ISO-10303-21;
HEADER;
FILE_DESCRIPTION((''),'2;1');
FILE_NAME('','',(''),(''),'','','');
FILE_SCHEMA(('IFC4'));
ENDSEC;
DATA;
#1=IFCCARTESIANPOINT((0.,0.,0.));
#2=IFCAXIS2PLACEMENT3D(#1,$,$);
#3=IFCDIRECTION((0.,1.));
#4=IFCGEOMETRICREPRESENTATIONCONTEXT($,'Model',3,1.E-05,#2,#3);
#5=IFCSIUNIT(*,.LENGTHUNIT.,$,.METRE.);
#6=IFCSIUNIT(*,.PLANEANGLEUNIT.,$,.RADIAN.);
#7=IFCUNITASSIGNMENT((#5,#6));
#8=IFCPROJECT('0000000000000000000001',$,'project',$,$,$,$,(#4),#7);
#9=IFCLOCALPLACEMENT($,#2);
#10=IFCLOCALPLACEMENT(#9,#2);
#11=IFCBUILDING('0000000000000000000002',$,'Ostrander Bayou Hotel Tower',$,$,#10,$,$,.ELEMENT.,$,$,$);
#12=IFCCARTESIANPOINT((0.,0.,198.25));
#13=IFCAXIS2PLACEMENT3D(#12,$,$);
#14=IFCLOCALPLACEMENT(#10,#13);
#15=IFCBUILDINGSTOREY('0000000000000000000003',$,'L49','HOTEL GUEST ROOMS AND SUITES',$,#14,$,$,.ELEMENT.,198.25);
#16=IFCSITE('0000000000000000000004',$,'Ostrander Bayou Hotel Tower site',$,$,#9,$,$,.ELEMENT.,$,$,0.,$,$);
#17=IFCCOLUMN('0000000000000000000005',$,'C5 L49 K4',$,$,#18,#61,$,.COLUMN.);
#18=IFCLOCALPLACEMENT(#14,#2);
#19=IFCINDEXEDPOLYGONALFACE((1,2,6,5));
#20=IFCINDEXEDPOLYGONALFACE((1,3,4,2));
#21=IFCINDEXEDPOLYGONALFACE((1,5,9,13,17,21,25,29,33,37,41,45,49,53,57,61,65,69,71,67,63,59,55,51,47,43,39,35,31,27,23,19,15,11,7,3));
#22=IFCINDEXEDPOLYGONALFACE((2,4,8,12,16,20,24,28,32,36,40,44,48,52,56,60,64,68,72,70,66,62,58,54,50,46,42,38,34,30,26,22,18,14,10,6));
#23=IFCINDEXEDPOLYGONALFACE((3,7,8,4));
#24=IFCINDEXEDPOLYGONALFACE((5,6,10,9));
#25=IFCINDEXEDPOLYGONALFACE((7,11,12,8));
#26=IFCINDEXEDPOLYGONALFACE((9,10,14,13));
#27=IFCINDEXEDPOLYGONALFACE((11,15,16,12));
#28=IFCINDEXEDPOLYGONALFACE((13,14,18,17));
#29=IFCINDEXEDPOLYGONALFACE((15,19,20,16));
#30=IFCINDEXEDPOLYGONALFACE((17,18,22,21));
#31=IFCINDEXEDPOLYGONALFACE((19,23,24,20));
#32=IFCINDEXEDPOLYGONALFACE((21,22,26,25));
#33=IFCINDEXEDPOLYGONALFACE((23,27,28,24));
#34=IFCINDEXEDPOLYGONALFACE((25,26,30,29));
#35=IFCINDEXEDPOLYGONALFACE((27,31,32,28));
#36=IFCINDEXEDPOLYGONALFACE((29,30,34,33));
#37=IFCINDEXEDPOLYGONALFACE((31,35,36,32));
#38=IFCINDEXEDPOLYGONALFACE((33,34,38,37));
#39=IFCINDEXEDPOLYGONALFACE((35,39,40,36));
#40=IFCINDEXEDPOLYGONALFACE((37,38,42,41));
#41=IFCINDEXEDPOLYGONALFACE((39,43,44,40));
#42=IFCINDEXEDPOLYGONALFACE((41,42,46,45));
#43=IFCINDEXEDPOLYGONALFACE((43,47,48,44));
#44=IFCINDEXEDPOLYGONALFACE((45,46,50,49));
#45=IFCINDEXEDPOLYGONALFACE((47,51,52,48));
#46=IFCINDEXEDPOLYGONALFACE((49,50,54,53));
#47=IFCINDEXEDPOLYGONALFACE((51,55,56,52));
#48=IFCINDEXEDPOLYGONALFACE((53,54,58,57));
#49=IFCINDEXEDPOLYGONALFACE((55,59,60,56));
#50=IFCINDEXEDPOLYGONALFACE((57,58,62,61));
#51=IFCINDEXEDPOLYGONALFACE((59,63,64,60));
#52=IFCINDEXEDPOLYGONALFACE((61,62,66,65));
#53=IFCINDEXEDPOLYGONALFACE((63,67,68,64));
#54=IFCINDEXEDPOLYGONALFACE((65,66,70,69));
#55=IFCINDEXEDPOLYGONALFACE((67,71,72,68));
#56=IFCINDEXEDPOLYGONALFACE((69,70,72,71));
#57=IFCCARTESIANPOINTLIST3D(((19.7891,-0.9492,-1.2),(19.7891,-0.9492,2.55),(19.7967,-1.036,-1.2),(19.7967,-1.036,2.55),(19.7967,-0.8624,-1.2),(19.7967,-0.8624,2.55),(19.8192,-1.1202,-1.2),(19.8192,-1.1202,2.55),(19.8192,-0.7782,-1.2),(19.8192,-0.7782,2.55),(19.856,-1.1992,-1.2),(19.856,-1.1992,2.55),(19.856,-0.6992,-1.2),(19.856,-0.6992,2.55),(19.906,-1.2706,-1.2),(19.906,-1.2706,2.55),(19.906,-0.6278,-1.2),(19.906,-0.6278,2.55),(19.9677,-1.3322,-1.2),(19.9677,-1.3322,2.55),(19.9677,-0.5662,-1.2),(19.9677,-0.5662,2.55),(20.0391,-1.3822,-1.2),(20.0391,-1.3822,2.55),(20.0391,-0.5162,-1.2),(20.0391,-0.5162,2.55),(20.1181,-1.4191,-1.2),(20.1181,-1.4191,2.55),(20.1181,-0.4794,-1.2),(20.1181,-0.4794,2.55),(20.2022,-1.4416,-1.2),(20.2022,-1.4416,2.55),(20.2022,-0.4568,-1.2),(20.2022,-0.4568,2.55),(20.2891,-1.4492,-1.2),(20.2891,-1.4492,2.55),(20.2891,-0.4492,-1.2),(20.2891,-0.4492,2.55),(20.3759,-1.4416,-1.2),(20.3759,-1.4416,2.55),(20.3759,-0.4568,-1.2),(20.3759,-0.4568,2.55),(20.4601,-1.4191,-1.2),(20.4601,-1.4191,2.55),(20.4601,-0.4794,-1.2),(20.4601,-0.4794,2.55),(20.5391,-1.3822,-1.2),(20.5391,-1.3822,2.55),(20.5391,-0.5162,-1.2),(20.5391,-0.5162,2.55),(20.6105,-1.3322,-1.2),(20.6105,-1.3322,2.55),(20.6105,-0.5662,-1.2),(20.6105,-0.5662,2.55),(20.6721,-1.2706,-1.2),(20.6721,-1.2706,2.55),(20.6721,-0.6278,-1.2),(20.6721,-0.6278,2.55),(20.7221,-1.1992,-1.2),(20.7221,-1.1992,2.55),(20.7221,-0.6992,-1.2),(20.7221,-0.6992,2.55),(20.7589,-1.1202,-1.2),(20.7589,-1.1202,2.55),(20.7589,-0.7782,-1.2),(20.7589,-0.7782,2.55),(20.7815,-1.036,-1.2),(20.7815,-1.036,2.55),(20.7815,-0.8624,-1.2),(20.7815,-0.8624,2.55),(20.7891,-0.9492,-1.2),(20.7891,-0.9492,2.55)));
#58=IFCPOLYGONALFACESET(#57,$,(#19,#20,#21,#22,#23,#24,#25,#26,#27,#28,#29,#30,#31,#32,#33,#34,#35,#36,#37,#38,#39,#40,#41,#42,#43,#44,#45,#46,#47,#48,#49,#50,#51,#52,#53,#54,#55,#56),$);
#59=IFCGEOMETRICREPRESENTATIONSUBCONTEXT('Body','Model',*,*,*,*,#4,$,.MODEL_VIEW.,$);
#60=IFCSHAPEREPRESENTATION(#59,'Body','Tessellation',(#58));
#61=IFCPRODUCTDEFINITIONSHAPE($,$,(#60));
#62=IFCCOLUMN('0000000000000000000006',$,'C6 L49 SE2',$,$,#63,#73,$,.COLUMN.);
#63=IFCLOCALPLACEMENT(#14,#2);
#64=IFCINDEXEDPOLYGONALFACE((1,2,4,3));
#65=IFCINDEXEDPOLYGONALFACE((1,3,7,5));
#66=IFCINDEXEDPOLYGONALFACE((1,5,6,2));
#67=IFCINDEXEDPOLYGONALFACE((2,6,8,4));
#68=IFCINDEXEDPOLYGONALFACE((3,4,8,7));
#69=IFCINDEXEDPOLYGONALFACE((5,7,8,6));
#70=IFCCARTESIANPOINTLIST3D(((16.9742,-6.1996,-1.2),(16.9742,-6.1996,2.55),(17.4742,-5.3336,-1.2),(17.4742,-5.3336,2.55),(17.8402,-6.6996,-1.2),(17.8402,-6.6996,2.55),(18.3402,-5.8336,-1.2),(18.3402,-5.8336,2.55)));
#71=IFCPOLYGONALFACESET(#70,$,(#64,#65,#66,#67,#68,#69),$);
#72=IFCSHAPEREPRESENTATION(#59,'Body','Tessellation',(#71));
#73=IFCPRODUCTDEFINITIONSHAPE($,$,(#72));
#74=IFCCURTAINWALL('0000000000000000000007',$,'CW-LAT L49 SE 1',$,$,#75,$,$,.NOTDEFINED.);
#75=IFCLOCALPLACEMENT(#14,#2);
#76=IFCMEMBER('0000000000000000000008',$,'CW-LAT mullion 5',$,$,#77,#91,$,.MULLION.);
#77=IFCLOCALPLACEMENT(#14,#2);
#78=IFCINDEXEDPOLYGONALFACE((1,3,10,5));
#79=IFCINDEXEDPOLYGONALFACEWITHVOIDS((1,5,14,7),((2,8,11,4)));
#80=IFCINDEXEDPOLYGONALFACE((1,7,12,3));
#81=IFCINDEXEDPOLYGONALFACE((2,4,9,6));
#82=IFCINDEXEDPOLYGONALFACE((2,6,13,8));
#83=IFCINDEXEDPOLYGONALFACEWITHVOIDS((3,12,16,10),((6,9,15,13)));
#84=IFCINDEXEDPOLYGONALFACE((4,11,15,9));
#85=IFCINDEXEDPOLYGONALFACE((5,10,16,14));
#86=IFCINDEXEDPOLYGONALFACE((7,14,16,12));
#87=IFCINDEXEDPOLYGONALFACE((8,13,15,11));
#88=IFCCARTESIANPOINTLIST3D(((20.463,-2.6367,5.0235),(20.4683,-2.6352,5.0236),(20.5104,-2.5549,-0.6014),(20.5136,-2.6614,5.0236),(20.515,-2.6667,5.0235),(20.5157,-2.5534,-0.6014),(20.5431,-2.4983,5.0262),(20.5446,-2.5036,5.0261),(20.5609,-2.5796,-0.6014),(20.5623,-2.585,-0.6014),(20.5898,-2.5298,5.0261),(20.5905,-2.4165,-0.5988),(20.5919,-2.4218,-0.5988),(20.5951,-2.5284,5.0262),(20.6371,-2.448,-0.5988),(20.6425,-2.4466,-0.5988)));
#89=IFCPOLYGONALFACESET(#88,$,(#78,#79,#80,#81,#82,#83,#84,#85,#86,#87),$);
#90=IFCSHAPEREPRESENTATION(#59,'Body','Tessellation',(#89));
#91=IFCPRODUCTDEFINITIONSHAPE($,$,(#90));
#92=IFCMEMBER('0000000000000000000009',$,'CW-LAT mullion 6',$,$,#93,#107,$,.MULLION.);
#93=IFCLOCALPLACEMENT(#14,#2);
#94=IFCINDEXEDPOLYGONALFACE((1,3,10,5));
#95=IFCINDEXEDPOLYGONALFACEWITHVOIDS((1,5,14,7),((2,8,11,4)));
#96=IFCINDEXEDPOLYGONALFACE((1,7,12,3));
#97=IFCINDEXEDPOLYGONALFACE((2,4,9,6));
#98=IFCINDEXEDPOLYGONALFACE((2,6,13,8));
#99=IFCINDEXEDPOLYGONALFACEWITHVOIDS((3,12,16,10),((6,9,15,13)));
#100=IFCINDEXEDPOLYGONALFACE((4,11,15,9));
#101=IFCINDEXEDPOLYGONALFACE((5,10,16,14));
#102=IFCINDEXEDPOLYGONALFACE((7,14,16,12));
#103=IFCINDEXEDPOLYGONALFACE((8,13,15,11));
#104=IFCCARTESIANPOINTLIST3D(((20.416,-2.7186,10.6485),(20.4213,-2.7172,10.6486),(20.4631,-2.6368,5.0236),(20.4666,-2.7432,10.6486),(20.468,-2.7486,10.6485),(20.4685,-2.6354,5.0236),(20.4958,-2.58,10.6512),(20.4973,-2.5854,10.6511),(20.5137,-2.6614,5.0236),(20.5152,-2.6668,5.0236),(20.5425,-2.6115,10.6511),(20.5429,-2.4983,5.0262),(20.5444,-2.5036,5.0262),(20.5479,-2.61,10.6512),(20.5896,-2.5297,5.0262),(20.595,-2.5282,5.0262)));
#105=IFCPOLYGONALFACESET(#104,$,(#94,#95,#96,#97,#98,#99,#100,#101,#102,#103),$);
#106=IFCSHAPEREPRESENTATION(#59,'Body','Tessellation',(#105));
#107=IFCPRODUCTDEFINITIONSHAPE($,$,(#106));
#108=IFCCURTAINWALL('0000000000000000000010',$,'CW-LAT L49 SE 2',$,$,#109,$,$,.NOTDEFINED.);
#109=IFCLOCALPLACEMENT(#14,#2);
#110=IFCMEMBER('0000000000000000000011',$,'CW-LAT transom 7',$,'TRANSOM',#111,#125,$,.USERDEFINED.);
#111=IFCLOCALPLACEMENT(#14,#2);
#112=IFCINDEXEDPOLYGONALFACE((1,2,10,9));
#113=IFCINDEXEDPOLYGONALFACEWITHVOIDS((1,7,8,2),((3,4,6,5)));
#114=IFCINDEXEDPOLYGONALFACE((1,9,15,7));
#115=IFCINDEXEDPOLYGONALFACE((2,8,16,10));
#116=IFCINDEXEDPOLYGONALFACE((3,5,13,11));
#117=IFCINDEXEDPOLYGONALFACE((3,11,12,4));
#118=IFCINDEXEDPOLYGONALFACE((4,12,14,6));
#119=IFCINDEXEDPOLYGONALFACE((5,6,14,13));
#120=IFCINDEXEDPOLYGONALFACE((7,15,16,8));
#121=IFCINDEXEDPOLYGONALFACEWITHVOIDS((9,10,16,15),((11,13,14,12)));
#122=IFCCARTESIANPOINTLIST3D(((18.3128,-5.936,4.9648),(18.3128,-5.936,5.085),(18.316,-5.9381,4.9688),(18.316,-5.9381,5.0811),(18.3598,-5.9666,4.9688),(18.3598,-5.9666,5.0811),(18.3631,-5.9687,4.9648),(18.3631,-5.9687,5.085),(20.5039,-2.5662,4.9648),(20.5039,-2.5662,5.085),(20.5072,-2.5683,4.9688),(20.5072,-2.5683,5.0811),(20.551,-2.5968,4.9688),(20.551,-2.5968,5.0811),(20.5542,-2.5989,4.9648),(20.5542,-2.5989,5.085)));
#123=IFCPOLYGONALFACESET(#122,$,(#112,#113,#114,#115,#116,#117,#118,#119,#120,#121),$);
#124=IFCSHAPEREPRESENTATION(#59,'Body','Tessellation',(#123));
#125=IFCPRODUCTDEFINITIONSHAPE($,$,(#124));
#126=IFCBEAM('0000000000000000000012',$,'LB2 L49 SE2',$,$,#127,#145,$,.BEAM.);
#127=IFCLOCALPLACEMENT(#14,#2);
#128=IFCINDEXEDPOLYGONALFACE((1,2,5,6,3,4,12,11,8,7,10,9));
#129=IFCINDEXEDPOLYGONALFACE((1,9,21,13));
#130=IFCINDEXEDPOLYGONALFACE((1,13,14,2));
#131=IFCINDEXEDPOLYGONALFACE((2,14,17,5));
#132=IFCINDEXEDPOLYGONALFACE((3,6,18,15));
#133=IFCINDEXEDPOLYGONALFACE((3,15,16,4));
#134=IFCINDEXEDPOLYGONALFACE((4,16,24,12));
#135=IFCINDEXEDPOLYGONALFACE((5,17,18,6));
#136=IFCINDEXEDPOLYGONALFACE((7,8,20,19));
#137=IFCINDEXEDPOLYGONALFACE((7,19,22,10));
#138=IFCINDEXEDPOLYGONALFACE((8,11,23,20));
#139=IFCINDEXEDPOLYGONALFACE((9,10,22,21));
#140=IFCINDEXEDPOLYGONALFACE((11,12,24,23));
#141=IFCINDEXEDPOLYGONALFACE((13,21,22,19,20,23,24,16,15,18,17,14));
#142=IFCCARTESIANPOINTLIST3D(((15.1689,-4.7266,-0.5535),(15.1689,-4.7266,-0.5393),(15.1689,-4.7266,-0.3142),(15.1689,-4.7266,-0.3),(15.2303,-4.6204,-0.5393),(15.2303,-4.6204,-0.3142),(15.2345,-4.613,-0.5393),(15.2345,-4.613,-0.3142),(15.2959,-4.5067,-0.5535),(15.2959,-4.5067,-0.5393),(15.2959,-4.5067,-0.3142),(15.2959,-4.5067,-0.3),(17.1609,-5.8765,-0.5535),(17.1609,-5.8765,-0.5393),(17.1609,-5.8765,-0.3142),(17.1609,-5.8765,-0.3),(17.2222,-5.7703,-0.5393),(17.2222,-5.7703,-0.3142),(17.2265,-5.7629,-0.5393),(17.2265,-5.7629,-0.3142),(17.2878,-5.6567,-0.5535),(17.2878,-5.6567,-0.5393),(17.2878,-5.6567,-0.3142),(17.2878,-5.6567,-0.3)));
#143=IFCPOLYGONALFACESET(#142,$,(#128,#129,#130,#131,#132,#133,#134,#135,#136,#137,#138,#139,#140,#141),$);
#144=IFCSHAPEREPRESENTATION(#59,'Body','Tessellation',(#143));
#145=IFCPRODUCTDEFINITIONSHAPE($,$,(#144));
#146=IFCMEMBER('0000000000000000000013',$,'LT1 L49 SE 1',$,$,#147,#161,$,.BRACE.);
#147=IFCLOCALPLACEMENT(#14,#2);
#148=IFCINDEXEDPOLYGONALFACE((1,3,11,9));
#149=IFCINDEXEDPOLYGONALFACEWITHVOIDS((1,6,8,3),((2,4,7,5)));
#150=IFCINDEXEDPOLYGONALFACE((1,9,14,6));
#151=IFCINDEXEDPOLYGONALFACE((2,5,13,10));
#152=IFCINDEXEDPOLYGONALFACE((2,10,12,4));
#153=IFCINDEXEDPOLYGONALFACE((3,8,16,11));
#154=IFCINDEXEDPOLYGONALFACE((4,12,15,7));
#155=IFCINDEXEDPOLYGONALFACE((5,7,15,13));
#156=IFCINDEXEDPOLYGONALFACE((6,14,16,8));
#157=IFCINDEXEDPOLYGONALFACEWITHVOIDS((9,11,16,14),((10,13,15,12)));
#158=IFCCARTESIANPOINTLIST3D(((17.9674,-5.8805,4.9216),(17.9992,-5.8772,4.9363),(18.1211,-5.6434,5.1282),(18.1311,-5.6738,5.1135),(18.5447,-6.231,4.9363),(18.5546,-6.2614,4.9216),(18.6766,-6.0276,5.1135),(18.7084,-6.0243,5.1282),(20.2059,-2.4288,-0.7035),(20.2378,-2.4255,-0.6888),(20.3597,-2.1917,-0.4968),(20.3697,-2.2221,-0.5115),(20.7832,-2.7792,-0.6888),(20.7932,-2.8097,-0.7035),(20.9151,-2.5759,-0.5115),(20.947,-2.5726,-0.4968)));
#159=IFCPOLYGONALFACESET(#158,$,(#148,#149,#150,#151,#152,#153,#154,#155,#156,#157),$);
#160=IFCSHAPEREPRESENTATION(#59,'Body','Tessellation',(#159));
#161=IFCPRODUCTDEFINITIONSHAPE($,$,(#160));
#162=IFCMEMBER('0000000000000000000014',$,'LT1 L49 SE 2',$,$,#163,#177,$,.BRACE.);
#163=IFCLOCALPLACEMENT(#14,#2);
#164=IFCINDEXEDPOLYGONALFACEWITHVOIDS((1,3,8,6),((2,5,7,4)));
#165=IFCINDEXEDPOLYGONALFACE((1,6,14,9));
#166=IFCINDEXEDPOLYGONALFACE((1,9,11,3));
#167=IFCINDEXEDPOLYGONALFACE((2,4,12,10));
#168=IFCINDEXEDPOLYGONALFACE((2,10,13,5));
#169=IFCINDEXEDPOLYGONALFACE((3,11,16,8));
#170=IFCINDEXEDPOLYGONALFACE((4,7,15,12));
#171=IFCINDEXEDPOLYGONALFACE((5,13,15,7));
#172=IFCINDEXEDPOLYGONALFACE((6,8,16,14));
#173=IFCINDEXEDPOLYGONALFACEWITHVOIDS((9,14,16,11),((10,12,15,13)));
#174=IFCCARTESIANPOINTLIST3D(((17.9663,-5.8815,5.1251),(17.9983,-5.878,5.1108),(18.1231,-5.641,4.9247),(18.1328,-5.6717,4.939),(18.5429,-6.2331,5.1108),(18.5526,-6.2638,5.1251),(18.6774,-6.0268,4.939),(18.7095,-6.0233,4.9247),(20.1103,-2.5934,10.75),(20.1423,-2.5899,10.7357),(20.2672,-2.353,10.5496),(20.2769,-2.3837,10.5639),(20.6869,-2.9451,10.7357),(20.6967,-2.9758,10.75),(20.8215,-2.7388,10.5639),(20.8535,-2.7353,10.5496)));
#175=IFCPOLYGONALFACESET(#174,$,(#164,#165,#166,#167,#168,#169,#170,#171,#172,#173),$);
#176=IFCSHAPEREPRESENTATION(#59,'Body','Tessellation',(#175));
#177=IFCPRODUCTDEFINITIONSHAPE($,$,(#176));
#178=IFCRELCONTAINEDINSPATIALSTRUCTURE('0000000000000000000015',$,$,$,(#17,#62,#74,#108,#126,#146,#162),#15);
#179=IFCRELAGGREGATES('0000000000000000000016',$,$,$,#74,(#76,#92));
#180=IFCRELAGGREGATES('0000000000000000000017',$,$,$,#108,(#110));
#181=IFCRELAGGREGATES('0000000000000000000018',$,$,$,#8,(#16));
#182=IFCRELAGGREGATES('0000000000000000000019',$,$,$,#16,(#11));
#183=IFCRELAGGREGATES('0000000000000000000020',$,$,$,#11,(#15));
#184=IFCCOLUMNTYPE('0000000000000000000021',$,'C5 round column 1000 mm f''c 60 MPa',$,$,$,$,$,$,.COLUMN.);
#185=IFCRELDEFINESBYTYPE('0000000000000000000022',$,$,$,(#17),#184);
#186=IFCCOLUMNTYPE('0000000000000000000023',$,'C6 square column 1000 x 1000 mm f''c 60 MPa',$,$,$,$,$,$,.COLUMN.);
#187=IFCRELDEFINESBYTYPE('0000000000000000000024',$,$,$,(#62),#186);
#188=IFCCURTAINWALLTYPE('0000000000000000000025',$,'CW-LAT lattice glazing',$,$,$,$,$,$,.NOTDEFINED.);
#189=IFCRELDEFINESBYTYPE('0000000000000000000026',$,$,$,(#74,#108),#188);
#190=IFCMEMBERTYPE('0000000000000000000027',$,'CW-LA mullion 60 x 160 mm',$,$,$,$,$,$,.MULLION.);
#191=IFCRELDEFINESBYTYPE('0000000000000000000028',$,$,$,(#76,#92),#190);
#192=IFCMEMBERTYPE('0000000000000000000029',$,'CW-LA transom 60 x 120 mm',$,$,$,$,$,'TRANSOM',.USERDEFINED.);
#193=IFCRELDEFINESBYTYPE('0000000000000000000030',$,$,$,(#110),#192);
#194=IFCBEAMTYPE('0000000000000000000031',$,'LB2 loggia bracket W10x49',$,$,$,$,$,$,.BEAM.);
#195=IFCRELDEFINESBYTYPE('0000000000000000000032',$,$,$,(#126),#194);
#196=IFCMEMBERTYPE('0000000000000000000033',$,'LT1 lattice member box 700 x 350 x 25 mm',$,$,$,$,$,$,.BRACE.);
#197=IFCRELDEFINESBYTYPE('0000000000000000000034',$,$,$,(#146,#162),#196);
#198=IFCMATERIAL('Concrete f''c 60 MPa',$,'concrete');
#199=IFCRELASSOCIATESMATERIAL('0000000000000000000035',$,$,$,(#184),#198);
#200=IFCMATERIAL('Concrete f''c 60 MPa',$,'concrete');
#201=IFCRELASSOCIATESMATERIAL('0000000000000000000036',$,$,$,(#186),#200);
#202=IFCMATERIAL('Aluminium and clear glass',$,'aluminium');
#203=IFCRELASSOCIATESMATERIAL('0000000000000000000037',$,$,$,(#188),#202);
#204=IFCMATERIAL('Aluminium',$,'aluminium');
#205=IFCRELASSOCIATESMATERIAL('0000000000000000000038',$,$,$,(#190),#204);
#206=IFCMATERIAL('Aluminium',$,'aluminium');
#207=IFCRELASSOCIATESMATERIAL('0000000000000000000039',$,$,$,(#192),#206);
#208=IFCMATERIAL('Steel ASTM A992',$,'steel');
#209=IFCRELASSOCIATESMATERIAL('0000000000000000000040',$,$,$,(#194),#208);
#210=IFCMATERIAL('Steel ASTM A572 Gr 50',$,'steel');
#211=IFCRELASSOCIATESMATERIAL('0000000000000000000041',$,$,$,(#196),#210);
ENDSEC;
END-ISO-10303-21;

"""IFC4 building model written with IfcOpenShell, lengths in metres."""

from ifc_helpers import new_model, si_unit, direction, frame, origin, origin_2d, place, context, subcontext, project, spatial, rectangle, hollow_rectangle, circle, i_section, extrude, material, material_profile, profile_set, type_object, element, aggregate, save


model = new_model("IFC4")

# Units and contexts
model_context = context("Model", 3, precision=1e-05, world=origin(), true_north=direction((0.0, 1.0)))
body_context = subcontext(model_context, "Body", "Model", "MODEL_VIEW")
ifc_project = project(units=[si_unit("LENGTHUNIT", "METRE"), si_unit("PLANEANGLEUNIT", "RADIAN")], contexts=[model_context])

# Site, building, storey
site_placement = place(None, origin())
site = spatial("IfcSite", under=ifc_project, at=site_placement, Name="Ostrander Bayou Hotel Tower site", CompositionType="ELEMENT", RefElevation=0.0)
building_placement = place(site_placement, origin())
building = spatial("IfcBuilding", under=site, at=building_placement, Name="Ostrander Bayou Hotel Tower", CompositionType="ELEMENT")
storey_placement = place(building_placement, frame((0.0, 0.0, 198.25)))
storey = spatial("IfcBuildingStorey", under=building, at=storey_placement, Name="L49", Description="HOTEL GUEST ROOMS AND SUITES", CompositionType="ELEMENT", Elevation=198.25)

# Columns
ifc_material_1 = material(Name="Concrete f'c 60 MPa", Category="concrete")
ifc_material_profile_1 = material_profile(ifc_material_1, circle(Radius=0.5, at=origin_2d()))
ifc_profile_set_1 = profile_set([ifc_material_profile_1], Name="Concrete f'c 60 MPa")
column_type_1 = type_object("IfcColumnType", Name="C5 round column 1000 mm f'c 60 MPa", PredefinedType="COLUMN", material=ifc_profile_set_1)
column_1_placement = place(storey_placement, frame((20.2891, -0.9492, -1.2), z_axis=(0.0, 0.0, 1.0), x_axis=(1.0, 0.0, 0.0)))
element("IfcColumn", 1, at=column_1_placement, inside=storey, type_object=column_type_1, Name="C5 L49 K4", PredefinedType="COLUMN", context=body_context, shape_type="SweptSolid", body=[
    extrude(circle(Radius=0.5, at=origin_2d()), origin(), (0.0, 0.0, 1.0), 3.75),
])
ifc_material_2 = material(Name="Concrete f'c 60 MPa", Category="concrete")
ifc_material_profile_2 = material_profile(ifc_material_2, rectangle(XDim=1.0, YDim=1.0, at=origin_2d()))
ifc_profile_set_2 = profile_set([ifc_material_profile_2], Name="Concrete f'c 60 MPa")
column_type_2 = type_object("IfcColumnType", Name="C6 square column 1000 x 1000 mm f'c 60 MPa", PredefinedType="COLUMN", material=ifc_profile_set_2)
column_2_placement = place(storey_placement, frame((17.6572, -6.0166, -1.2), z_axis=(0.0, 0.0, 1.0), x_axis=(-0.5, -0.866025, 0.0)))
element("IfcColumn", 2, at=column_2_placement, inside=storey, type_object=column_type_2, Name="C6 L49 SE2", PredefinedType="COLUMN", context=body_context, shape_type="SweptSolid", body=[
    extrude(rectangle(XDim=1.0, YDim=1.0, at=origin_2d()), origin(), (0.0, 0.0, 1.0), 3.75),
])

# Curtain wall, members
ifc_material_3 = material(Name="Aluminium and clear glass", Category="aluminium")
curtain_wall_type = type_object("IfcCurtainWallType", Name="CW-LAT lattice glazing", PredefinedType="NOTDEFINED", material=ifc_material_3)
curtain_wall_1_placement = place(storey_placement, origin())
curtain_wall_1 = element("IfcCurtainWall", 3, at=curtain_wall_1_placement, inside=storey, type_object=curtain_wall_type, Name="CW-LAT L49 SE 1", PredefinedType="NOTDEFINED")
ifc_material_4 = material(Name="Aluminium", Category="aluminium")
ifc_material_profile_3 = material_profile(ifc_material_4, hollow_rectangle(XDim=0.0601, YDim=0.1599, WallThickness=0.0039, at=origin_2d()))
ifc_profile_set_3 = profile_set([ifc_material_profile_3], Name="Aluminium")
member_type_1 = type_object("IfcMemberType", Name="CW-LA mullion 60 x 160 mm", PredefinedType="MULLION", material=ifc_profile_set_3)
member_1_placement = place(storey_placement, frame((20.5764, -2.5007, -0.6001), z_axis=(-0.008419, -0.014538, 0.999859), x_axis=(0.865367, -0.501138, 0.0)))
member_1 = element("IfcMember", 4, at=member_1_placement, type_object=member_type_1, Name="CW-LAT mullion 5", PredefinedType="MULLION", context=body_context, shape_type="SweptSolid", body=[
    extrude(hollow_rectangle(XDim=0.0601, YDim=0.1599, WallThickness=0.0039, at=origin_2d()), origin(), (0.0, 0.0, 1.0), 5.6257),
])
member_2_placement = place(storey_placement, frame((20.5291, -2.5825, 5.0249), z_axis=(-0.008376, -0.014538, 0.999859), x_axis=(0.866487, -0.4992, 0.0)))
member_2 = element("IfcMember", 5, at=member_2_placement, type_object=member_type_1, Name="CW-LAT mullion 6", PredefinedType="MULLION", context=body_context, shape_type="SweptSolid", body=[
    extrude(hollow_rectangle(XDim=0.0601, YDim=0.1599, WallThickness=0.0039, at=origin_2d()), origin(), (0.0, 0.0, 1.0), 5.6257),
])

# Curtain wall, member
curtain_wall_2_placement = place(storey_placement, origin())
curtain_wall_2 = element("IfcCurtainWall", 6, at=curtain_wall_2_placement, inside=storey, type_object=curtain_wall_type, Name="CW-LAT L49 SE 2", PredefinedType="NOTDEFINED")
ifc_material_5 = material(Name="Aluminium", Category="aluminium")
ifc_material_profile_4 = material_profile(ifc_material_5, hollow_rectangle(XDim=0.0601, YDim=0.1201, WallThickness=0.0039, at=origin_2d()))
ifc_profile_set_4 = profile_set([ifc_material_profile_4], Name="Aluminium")
member_type_2 = type_object("IfcMemberType", Name="CW-LA transom 60 x 120 mm", ElementType="TRANSOM", PredefinedType="USERDEFINED", material=ifc_profile_set_4)
member_3_placement = place(storey_placement, frame((20.5291, -2.5825, 5.0249), z_axis=(-0.545119, -0.838359, 0.0), x_axis=(0.838359, -0.545119, 0.0)))
member_3 = element("IfcMember", 7, at=member_3_placement, type_object=member_type_2, Name="CW-LAT transom 7", ObjectType="TRANSOM", PredefinedType="USERDEFINED", context=body_context, shape_type="SweptSolid", body=[
    extrude(hollow_rectangle(XDim=0.0601, YDim=0.1201, WallThickness=0.0039, at=origin_2d()), origin(), (0.0, 0.0, 1.0), 4.0195),
])

# Beam
ifc_material_6 = material(Name="Steel ASTM A992", Category="steel")
ifc_material_profile_5 = material_profile(ifc_material_6, i_section(OverallWidth=0.2539, OverallDepth=0.2534, WebThickness=0.0085, FlangeThickness=0.0142, at=origin_2d()))
ifc_profile_set_5 = profile_set([ifc_material_profile_5], Name="Steel ASTM A992")
beam_type_1 = type_object("IfcBeamType", Name="LB2 loggia bracket W10x49", PredefinedType="BEAM", material=ifc_profile_set_5)
beam_1_placement = place(storey_placement, frame((17.2244, -5.7666, -0.4268), z_axis=(-0.866053, 0.499952, 0.0), x_axis=(-0.499952, -0.866053, 0.0)))
element("IfcBeam", 8, at=beam_1_placement, inside=storey, type_object=beam_type_1, Name="LB2 L49 SE2", PredefinedType="BEAM", context=body_context, shape_type="SweptSolid", body=[
    extrude(i_section(OverallWidth=0.2539, OverallDepth=0.2534, WebThickness=0.0085, FlangeThickness=0.0142, at=origin_2d()), origin(), (0.0, 0.0, 1.0), 2.3),
])

# Members
ifc_material_7 = material(Name="Steel ASTM A572 Gr 50", Category="steel")
ifc_material_profile_6 = material_profile(ifc_material_7, hollow_rectangle(XDim=0.7, YDim=0.3501, WallThickness=0.0249, at=origin_2d()))
ifc_profile_set_6 = profile_set([ifc_material_profile_6], Name="Steel ASTM A572 Gr 50")
member_type_3 = type_object("IfcMemberType", Name="LT1 lattice member box 700 x 350 x 25 mm", PredefinedType="BRACE", material=ifc_profile_set_6)
member_4_placement = place(storey_placement, frame((18.3379, -5.9524, 5.0249), z_axis=(0.321216, 0.495295, -0.807157), x_axis=(-0.839004, 0.544124, 0.0)))
element("IfcMember", 9, at=member_4_placement, inside=storey, type_object=member_type_3, Name="LT1 L49 SE 1", PredefinedType="BRACE", context=body_context, shape_type="SweptSolid", body=[
    extrude(hollow_rectangle(XDim=0.7, YDim=0.3501, WallThickness=0.0249, at=origin_2d()), origin(), (0.0, 0.0, 1.0), 6.969),
])
member_5_placement = place(storey_placement, frame((18.3379, -5.9524, 5.0249), z_axis=(0.312578, 0.479367, 0.820063), x_axis=(-0.837653, 0.546203, 0.0)))
element("IfcMember", 10, at=member_5_placement, inside=storey, type_object=member_type_3, Name="LT1 L49 SE 2", PredefinedType="BRACE", context=body_context, shape_type="SweptSolid", body=[
    extrude(hollow_rectangle(XDim=0.7, YDim=0.3501, WallThickness=0.0249, at=origin_2d()), origin(), (0.0, 0.0, 1.0), 6.8591),
])

aggregate(curtain_wall_1, [member_1, member_2])
aggregate(curtain_wall_2, [member_3])

save(model, "model.ifc")
